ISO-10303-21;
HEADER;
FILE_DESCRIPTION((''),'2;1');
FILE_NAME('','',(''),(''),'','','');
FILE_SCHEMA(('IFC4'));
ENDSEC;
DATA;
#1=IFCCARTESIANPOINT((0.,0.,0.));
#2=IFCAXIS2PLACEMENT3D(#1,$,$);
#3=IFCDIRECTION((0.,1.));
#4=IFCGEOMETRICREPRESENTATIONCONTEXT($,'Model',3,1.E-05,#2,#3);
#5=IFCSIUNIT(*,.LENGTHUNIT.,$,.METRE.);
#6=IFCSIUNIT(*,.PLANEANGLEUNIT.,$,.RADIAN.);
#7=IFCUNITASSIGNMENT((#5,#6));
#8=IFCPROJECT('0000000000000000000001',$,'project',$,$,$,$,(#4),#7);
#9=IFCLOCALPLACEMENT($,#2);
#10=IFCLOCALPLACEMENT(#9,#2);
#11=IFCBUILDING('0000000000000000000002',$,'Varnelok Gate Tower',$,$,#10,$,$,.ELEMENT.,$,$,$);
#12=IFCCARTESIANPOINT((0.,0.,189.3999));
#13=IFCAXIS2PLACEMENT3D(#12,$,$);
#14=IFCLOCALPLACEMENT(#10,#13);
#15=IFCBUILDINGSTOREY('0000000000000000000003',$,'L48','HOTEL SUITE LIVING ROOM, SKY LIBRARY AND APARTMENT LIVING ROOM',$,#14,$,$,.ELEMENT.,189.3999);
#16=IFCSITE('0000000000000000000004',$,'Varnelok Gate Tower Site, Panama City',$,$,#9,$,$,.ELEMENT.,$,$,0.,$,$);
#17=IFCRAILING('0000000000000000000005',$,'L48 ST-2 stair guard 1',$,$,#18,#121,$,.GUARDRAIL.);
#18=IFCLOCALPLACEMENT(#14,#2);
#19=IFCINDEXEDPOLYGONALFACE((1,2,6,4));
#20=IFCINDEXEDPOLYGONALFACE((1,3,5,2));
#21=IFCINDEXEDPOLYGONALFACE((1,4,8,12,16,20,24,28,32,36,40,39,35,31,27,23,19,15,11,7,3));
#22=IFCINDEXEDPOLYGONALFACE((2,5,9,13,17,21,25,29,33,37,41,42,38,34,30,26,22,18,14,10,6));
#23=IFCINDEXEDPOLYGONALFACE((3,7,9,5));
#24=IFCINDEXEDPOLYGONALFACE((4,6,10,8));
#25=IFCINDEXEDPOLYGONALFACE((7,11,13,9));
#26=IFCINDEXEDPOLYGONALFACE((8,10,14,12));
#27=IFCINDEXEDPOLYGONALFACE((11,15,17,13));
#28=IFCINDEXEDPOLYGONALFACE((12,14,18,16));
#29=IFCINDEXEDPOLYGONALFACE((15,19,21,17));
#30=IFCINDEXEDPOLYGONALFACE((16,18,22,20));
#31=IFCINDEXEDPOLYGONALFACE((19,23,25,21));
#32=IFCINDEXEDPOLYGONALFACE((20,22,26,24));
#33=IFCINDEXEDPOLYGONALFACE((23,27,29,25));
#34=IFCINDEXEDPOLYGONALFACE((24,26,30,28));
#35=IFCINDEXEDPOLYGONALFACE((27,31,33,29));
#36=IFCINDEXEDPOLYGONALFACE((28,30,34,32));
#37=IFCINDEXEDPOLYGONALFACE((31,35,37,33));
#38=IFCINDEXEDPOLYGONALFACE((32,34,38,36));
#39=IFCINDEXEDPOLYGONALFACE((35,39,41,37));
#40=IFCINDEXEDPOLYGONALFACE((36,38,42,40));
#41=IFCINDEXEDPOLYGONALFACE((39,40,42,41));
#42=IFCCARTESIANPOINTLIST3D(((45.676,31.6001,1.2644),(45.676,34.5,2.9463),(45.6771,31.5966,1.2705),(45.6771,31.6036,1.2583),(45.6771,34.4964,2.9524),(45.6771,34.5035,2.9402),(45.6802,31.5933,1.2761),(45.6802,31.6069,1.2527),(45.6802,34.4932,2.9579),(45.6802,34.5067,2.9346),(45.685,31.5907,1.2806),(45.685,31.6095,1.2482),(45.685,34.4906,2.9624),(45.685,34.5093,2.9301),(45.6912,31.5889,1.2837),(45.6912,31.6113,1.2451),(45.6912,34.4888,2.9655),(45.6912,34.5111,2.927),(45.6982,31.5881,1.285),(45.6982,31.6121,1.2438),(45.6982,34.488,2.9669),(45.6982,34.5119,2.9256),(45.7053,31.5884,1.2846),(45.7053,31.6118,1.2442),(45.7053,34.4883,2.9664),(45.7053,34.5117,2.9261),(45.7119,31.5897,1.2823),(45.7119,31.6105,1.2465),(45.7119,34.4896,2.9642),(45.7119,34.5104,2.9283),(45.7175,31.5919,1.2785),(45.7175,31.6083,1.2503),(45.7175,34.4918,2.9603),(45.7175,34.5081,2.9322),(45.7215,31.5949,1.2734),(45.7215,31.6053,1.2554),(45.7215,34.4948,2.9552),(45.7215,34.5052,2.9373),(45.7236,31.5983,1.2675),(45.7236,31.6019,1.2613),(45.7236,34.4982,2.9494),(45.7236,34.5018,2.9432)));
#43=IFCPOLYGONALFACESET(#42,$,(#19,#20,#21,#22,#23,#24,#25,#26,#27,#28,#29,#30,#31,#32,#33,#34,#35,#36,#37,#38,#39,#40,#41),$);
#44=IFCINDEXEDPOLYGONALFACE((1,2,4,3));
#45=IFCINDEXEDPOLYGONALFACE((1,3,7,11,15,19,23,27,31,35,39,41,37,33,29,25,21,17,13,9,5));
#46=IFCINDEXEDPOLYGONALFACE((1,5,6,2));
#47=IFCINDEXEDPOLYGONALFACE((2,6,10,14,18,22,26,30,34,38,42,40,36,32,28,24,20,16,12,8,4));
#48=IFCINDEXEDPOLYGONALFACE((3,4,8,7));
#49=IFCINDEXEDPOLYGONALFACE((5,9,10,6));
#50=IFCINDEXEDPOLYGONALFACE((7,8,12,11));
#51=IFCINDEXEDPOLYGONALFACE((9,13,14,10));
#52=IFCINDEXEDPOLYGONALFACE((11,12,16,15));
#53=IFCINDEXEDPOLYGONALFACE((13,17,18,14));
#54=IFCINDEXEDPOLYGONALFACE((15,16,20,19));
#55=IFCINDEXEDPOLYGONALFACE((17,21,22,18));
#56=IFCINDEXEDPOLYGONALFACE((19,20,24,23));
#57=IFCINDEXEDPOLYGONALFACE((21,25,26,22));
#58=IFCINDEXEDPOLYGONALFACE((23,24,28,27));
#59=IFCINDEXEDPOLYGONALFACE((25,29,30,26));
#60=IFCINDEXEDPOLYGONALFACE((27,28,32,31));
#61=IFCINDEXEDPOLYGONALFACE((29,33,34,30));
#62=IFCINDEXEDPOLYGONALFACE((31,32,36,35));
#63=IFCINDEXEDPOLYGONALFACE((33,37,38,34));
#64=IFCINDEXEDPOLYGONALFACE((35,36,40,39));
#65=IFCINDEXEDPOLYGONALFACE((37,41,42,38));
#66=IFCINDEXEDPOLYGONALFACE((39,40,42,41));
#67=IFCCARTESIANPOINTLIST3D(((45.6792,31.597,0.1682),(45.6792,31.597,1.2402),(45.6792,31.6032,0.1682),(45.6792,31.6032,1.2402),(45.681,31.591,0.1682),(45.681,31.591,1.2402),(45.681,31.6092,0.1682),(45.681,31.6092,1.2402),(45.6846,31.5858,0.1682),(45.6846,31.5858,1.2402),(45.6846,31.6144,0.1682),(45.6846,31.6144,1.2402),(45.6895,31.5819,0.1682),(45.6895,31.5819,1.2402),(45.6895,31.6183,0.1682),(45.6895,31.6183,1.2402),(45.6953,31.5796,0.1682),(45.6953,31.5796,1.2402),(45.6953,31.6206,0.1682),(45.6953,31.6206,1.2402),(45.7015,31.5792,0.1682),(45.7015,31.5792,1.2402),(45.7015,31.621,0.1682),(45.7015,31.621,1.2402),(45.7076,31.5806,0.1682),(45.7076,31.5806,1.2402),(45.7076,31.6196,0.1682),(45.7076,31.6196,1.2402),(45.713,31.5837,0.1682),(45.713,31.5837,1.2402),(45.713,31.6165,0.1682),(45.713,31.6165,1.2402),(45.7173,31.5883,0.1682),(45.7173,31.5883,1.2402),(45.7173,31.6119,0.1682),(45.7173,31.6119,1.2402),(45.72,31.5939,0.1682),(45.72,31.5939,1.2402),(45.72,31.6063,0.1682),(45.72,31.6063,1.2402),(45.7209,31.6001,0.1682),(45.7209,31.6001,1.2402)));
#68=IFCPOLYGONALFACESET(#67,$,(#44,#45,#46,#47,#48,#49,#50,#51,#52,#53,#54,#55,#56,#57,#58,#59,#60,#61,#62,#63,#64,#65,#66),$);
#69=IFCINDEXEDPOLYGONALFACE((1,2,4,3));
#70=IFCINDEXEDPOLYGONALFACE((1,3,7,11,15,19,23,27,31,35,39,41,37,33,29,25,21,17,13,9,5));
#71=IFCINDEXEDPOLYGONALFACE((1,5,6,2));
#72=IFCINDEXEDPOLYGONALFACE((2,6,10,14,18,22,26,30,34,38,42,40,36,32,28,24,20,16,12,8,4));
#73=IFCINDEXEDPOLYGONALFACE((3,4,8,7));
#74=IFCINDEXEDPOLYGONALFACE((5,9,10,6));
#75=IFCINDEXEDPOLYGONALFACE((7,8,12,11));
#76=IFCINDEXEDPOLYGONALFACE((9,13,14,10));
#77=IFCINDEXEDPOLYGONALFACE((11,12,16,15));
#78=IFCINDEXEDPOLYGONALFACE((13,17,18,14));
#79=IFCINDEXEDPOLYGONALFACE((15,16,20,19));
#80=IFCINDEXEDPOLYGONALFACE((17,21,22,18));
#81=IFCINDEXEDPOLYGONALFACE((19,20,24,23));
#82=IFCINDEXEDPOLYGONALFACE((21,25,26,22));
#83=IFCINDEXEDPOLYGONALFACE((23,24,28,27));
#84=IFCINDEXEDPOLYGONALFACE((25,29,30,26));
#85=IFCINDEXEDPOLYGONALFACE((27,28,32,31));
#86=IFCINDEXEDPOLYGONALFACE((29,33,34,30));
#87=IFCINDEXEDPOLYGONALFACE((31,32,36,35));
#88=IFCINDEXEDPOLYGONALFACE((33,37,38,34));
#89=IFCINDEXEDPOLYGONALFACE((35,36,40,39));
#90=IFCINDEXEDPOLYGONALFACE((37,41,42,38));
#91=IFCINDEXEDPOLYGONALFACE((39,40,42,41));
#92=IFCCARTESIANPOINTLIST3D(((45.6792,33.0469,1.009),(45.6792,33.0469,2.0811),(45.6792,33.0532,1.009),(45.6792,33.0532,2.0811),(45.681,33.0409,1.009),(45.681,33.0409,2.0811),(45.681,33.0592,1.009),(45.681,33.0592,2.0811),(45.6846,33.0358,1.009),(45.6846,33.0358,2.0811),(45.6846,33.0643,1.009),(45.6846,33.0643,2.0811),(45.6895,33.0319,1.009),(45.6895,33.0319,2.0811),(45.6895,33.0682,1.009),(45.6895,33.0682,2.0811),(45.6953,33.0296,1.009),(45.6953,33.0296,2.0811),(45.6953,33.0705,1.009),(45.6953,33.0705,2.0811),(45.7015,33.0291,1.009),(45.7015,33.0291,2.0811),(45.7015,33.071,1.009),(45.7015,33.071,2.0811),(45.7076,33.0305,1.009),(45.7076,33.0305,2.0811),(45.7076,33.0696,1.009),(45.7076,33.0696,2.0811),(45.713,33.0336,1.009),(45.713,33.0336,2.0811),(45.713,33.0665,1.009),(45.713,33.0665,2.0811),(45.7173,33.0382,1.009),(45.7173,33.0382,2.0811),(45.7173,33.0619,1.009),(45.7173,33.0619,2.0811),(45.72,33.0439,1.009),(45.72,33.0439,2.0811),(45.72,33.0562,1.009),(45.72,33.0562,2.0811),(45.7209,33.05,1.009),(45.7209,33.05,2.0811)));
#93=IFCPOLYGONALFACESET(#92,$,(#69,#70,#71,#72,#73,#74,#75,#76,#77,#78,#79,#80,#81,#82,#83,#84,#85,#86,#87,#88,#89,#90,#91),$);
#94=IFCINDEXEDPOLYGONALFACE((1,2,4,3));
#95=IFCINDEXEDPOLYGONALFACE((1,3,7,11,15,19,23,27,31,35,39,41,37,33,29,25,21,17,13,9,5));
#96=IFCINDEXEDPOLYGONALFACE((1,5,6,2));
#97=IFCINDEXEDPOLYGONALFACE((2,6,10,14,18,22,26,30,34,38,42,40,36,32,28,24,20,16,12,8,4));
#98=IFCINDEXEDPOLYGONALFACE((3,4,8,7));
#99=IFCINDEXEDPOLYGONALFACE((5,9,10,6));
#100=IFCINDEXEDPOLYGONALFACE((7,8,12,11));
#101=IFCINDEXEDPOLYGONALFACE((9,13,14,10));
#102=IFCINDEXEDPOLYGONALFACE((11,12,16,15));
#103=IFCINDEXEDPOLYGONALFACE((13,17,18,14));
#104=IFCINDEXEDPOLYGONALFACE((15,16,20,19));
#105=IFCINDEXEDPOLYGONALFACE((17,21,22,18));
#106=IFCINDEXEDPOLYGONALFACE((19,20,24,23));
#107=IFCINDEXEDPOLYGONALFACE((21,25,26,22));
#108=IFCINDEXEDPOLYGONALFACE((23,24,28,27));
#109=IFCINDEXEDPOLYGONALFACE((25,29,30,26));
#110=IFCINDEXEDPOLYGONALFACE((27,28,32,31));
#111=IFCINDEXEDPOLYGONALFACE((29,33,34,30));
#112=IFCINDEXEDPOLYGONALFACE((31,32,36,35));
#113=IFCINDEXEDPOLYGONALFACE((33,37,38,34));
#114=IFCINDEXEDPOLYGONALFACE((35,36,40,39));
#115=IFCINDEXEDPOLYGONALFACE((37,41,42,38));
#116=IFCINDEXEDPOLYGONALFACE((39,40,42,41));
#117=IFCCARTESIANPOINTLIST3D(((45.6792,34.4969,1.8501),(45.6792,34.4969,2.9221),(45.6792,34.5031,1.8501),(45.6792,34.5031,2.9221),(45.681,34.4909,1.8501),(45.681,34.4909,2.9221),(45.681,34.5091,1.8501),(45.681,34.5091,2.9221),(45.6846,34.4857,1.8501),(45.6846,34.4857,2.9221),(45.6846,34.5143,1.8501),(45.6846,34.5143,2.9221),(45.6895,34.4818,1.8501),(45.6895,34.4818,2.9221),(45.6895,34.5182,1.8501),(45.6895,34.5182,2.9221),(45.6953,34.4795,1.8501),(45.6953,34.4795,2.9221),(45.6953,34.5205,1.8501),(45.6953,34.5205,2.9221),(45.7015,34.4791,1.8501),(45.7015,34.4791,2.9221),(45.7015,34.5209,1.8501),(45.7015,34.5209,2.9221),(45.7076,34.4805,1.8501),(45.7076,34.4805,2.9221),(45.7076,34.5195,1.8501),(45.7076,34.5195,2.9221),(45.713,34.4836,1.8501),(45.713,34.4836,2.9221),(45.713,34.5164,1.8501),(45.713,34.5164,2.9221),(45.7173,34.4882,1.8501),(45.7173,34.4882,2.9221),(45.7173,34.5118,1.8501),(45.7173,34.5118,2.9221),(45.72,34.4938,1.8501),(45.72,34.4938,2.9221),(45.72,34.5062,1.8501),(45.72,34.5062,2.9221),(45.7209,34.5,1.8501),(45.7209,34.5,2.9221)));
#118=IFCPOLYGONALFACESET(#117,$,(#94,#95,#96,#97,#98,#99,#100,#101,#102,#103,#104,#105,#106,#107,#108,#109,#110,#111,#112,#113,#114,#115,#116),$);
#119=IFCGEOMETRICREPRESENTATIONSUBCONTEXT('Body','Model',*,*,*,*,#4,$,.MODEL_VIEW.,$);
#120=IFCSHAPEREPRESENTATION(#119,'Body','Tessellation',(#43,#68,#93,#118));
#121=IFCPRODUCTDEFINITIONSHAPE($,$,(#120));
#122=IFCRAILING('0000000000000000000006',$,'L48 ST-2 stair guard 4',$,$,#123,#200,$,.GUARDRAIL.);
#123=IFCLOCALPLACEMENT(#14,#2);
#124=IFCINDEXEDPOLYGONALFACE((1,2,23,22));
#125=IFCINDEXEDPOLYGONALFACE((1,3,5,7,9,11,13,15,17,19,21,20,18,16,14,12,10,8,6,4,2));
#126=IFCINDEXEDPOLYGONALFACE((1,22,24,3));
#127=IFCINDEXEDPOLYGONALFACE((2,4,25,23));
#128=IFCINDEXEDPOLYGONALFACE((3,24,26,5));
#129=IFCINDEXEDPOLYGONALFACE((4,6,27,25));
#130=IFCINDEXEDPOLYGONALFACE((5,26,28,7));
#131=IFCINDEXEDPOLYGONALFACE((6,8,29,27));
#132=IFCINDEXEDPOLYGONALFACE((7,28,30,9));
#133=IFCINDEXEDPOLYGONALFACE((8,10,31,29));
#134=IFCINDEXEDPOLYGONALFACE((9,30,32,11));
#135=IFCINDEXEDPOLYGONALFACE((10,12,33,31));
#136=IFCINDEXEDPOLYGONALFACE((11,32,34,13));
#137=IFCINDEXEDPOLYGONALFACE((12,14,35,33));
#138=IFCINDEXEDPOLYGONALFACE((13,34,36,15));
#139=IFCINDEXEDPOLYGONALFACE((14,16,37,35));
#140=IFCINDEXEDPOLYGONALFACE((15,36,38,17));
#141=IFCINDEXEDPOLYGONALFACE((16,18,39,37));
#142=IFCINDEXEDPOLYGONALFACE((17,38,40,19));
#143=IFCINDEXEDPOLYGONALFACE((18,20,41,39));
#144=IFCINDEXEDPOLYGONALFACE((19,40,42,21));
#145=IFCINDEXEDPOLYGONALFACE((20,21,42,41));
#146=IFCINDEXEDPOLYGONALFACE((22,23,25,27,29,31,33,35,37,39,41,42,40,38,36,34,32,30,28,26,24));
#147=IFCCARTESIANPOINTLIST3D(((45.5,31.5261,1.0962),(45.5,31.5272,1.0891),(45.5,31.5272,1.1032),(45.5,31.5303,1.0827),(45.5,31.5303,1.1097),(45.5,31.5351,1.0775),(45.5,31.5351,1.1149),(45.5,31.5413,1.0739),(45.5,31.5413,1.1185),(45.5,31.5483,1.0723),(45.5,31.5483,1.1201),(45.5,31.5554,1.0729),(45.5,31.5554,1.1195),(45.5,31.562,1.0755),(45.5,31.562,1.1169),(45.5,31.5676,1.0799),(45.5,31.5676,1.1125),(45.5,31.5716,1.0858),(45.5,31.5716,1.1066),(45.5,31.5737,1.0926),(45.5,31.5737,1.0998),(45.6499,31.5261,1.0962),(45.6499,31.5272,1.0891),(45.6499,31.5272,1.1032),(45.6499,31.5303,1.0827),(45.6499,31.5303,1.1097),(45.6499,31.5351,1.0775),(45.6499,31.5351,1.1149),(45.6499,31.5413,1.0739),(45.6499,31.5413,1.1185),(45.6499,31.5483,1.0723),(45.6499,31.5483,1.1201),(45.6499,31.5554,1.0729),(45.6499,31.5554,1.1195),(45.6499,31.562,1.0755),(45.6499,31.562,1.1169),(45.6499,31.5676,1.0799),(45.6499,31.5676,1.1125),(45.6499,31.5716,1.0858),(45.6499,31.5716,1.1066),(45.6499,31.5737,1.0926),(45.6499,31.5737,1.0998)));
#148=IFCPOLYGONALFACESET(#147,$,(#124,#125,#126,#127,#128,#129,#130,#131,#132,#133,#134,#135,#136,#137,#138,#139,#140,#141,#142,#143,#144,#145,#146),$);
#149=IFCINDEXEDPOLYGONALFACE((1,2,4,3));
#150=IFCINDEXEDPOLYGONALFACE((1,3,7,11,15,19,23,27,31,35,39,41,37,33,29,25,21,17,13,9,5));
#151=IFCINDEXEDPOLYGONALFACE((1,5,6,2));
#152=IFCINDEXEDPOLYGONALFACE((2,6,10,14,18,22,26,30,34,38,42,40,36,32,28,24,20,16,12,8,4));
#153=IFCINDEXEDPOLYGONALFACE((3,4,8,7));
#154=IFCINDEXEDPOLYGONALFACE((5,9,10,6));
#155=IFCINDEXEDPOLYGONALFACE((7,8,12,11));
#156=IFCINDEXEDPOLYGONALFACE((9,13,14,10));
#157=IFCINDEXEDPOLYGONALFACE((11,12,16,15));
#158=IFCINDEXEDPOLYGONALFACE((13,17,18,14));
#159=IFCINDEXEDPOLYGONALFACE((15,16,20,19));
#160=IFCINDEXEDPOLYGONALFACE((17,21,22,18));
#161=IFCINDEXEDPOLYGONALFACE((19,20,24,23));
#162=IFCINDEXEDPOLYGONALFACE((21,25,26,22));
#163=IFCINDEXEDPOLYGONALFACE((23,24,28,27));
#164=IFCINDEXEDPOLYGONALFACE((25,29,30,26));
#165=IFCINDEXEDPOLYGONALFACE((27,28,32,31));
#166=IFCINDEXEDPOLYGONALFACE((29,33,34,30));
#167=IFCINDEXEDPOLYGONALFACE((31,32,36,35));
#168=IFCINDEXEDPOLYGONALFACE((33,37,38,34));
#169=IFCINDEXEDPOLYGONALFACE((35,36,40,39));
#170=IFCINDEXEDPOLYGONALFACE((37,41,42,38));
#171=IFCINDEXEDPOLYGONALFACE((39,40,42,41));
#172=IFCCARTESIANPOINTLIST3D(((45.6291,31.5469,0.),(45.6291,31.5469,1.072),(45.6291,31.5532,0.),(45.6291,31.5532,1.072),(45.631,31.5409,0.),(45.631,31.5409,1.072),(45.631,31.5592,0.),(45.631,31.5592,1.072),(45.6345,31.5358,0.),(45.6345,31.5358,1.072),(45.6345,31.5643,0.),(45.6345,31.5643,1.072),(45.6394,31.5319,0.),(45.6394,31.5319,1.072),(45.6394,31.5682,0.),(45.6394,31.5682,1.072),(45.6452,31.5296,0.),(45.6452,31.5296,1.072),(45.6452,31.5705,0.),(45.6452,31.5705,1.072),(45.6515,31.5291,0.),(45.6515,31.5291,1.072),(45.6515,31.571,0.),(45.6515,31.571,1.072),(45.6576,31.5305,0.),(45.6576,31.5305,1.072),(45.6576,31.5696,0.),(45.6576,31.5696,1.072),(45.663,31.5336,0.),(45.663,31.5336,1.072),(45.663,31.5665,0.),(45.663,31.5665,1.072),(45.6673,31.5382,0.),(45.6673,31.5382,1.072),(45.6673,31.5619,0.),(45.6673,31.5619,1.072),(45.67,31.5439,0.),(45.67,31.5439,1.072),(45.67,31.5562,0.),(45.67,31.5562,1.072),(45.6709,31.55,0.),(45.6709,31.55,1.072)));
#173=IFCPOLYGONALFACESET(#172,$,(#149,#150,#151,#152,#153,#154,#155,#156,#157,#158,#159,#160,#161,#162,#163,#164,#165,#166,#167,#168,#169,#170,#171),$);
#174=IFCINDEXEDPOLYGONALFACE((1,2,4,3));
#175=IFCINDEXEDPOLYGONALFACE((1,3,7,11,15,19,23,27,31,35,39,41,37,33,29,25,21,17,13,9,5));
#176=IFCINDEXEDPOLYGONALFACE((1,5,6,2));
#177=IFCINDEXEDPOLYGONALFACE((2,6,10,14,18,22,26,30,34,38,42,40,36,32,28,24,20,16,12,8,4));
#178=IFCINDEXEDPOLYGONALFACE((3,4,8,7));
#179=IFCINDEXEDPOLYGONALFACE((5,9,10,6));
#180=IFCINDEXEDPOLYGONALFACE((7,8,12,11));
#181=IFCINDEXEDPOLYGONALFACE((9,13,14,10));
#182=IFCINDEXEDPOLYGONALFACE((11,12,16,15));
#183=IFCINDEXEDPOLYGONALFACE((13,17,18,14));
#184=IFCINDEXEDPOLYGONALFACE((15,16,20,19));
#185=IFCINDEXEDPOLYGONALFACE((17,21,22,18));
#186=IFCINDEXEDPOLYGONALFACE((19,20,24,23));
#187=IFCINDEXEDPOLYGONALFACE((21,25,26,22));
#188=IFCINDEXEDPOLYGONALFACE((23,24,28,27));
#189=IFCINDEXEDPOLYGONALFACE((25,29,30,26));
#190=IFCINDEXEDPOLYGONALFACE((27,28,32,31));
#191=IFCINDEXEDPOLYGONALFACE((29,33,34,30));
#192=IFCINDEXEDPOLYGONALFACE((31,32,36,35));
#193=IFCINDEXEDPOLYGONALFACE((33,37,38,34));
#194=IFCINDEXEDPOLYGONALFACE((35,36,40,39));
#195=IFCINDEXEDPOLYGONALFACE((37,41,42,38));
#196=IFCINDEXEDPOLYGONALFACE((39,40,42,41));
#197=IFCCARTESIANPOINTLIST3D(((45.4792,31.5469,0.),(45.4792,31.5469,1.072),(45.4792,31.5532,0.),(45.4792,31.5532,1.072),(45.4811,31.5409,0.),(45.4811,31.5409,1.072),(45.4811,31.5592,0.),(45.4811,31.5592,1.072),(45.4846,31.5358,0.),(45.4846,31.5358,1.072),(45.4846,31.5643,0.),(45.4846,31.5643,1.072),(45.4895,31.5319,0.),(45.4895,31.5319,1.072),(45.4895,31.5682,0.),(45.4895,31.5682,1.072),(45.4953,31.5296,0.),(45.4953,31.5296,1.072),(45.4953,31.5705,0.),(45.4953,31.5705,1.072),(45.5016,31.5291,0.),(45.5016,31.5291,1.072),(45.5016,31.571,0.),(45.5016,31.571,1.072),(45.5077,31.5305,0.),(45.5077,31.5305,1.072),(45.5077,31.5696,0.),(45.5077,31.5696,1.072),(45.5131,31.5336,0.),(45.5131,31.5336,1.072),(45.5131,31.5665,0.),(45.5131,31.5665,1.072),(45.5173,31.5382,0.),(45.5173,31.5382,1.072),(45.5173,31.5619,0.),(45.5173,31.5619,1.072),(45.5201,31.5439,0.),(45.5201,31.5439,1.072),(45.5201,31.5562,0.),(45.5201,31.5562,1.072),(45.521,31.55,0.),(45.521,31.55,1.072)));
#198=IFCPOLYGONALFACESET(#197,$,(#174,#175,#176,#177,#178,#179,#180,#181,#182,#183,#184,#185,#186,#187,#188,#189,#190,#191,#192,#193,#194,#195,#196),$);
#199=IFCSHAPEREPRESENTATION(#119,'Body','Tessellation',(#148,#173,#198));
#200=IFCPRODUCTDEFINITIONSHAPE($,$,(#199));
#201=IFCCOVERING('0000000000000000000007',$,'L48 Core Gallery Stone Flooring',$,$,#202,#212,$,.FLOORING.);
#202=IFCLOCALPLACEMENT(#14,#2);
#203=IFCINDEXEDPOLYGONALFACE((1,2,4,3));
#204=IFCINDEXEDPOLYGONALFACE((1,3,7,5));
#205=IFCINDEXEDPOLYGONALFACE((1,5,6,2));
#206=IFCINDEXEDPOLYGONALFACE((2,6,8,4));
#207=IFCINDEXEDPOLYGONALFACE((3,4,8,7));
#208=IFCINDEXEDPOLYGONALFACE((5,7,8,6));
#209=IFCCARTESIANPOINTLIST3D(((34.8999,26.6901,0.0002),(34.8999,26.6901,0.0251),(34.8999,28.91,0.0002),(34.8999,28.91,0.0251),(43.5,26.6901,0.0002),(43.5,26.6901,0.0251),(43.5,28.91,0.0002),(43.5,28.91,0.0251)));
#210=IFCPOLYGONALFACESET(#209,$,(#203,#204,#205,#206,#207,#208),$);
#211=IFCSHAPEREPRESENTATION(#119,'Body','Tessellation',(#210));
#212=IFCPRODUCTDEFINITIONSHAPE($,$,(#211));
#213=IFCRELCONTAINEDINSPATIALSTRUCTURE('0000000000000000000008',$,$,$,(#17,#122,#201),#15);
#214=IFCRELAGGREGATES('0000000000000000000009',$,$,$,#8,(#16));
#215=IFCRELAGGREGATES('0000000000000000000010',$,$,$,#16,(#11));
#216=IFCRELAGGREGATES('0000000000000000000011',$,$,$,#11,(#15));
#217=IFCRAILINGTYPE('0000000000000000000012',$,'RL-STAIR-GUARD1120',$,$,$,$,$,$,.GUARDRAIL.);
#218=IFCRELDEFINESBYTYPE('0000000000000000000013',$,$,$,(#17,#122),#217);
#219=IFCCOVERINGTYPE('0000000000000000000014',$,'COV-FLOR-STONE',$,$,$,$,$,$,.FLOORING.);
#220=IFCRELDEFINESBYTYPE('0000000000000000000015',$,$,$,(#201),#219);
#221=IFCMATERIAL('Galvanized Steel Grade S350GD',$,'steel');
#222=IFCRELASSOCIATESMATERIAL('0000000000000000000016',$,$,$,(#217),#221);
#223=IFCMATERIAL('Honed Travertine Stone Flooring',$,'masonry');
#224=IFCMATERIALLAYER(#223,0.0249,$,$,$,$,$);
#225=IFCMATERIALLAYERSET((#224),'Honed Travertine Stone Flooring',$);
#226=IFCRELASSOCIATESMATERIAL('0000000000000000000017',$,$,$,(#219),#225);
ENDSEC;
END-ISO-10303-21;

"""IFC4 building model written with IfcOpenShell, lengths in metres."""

from ifc_helpers import new_model, si_unit, direction, frame, origin, origin_2d, place, context, subcontext, project, spatial, rectangle, circle, extrude, source, transform, mapped, material, layer, layer_set, type_object, element, save


model = new_model("IFC4")

# Units and contexts
model_context = context("Model", 3, precision=1e-05, world=origin(), true_north=direction((0.0, 1.0)))
body_context = subcontext(model_context, "Body", "Model", "MODEL_VIEW")
ifc_project = project(units=[si_unit("LENGTHUNIT", "METRE"), si_unit("PLANEANGLEUNIT", "RADIAN")], contexts=[model_context])

# Site, building, storey
site_placement = place(None, origin())
site = spatial("IfcSite", under=ifc_project, at=site_placement, Name="Varnelok Gate Tower Site, Panama City", CompositionType="ELEMENT", RefElevation=0.0)
building_placement = place(site_placement, origin())
building = spatial("IfcBuilding", under=site, at=building_placement, Name="Varnelok Gate Tower", CompositionType="ELEMENT")
storey_placement = place(building_placement, frame((0.0, 0.0, 189.3999)))
storey = spatial("IfcBuildingStorey", under=building, at=storey_placement, Name="L48", Description="HOTEL SUITE LIVING ROOM, SKY LIBRARY AND APARTMENT LIVING ROOM", CompositionType="ELEMENT", Elevation=189.3999)

# Shared definitions
ifc_material_1 = material(Name="Galvanized Steel Grade S350GD", Category="steel")

# Railings
railing_type_1 = type_object("IfcRailingType", Name="RL-STAIR-GUARD1120", PredefinedType="GUARDRAIL", material=ifc_material_1)
railing_1_placement = place(storey_placement, frame((45.7, 31.6001, 0.1682)))
element("IfcRailing", 1, at=railing_1_placement, inside=storey, type_object=railing_type_1, Name="L48 ST-2 stair guard 1", PredefinedType="GUARDRAIL", context=body_context, shape_type="SweptSolid", body=[
    extrude(circle(Radius=0.0239, at=origin_2d()), frame((0.0, 0.0, 1.0962), z_axis=(0.0, 0.865039, 0.501705), x_axis=(-1.0, 0.0, 0.0)), (0.0, 0.0, 1.0), 3.3523),
    extrude(circle(Radius=0.021, at=origin_2d()), origin(), (0.0, 0.0, 1.0), 1.072),
    extrude(circle(Radius=0.021, at=origin_2d()), frame((0.0, 1.45, 0.8408)), (0.0, 0.0, 1.0), 1.072),
    extrude(circle(Radius=0.021, at=origin_2d()), frame((0.0, 2.8999, 1.6819)), (0.0, 0.0, 1.0), 1.072),
])
railing_2_placement = place(storey_placement, frame((45.6499, 31.55, 0.0)))
element("IfcRailing", 2, at=railing_2_placement, inside=storey, type_object=railing_type_1, Name="L48 ST-2 stair guard 4", PredefinedType="GUARDRAIL", context=body_context, shape_type="SweptSolid", body=[
    extrude(circle(Radius=0.0239, at=origin_2d()), frame((0.0, 0.0, 1.0962), z_axis=(-1.0, 0.0, 0.0), x_axis=(0.0, -1.0, 0.0)), (0.0, 0.0, 1.0), 0.1499),
    extrude(circle(Radius=0.021, at=origin_2d()), origin(), (0.0, 0.0, 1.0), 1.072),
    extrude(circle(Radius=0.021, at=origin_2d()), frame((-0.1499, 0.0, 0.0)), (0.0, 0.0, 1.0), 1.072),
])

# Covering
ifc_material_2 = material(Name="Honed Travertine Stone Flooring", Category="masonry")
ifc_layer_1 = layer(ifc_material_2, 0.0249)
ifc_layer_set_1 = layer_set([ifc_layer_1], Name="Honed Travertine Stone Flooring")
covering_type_1 = type_object("IfcCoveringType", Name="COV-FLOR-STONE", PredefinedType="FLOORING", material=ifc_layer_set_1)
shared_shape_1 = source(origin(), body_context, "Body", "SweptSolid", [
    extrude(rectangle(XDim=8.6001, YDim=2.22, at=origin_2d()), origin(), (0.0, 0.0, 1.0), 0.0249),
])
covering_1_placement = place(storey_placement, frame((39.2, 27.8, 0.0002), z_axis=(0.0, 0.0, 1.0), x_axis=(1.0, 0.0, 0.0)))
element("IfcCovering", 3, at=covering_1_placement, inside=storey, type_object=covering_type_1, Name="L48 Core Gallery Stone Flooring", PredefinedType="FLOORING", context=body_context, shape_type="MappedRepresentation", body=[
    mapped(shared_shape_1, transform((0.0, 0.0, 0.0), scale=1.0)),
])

save(model, "model.ifc")
